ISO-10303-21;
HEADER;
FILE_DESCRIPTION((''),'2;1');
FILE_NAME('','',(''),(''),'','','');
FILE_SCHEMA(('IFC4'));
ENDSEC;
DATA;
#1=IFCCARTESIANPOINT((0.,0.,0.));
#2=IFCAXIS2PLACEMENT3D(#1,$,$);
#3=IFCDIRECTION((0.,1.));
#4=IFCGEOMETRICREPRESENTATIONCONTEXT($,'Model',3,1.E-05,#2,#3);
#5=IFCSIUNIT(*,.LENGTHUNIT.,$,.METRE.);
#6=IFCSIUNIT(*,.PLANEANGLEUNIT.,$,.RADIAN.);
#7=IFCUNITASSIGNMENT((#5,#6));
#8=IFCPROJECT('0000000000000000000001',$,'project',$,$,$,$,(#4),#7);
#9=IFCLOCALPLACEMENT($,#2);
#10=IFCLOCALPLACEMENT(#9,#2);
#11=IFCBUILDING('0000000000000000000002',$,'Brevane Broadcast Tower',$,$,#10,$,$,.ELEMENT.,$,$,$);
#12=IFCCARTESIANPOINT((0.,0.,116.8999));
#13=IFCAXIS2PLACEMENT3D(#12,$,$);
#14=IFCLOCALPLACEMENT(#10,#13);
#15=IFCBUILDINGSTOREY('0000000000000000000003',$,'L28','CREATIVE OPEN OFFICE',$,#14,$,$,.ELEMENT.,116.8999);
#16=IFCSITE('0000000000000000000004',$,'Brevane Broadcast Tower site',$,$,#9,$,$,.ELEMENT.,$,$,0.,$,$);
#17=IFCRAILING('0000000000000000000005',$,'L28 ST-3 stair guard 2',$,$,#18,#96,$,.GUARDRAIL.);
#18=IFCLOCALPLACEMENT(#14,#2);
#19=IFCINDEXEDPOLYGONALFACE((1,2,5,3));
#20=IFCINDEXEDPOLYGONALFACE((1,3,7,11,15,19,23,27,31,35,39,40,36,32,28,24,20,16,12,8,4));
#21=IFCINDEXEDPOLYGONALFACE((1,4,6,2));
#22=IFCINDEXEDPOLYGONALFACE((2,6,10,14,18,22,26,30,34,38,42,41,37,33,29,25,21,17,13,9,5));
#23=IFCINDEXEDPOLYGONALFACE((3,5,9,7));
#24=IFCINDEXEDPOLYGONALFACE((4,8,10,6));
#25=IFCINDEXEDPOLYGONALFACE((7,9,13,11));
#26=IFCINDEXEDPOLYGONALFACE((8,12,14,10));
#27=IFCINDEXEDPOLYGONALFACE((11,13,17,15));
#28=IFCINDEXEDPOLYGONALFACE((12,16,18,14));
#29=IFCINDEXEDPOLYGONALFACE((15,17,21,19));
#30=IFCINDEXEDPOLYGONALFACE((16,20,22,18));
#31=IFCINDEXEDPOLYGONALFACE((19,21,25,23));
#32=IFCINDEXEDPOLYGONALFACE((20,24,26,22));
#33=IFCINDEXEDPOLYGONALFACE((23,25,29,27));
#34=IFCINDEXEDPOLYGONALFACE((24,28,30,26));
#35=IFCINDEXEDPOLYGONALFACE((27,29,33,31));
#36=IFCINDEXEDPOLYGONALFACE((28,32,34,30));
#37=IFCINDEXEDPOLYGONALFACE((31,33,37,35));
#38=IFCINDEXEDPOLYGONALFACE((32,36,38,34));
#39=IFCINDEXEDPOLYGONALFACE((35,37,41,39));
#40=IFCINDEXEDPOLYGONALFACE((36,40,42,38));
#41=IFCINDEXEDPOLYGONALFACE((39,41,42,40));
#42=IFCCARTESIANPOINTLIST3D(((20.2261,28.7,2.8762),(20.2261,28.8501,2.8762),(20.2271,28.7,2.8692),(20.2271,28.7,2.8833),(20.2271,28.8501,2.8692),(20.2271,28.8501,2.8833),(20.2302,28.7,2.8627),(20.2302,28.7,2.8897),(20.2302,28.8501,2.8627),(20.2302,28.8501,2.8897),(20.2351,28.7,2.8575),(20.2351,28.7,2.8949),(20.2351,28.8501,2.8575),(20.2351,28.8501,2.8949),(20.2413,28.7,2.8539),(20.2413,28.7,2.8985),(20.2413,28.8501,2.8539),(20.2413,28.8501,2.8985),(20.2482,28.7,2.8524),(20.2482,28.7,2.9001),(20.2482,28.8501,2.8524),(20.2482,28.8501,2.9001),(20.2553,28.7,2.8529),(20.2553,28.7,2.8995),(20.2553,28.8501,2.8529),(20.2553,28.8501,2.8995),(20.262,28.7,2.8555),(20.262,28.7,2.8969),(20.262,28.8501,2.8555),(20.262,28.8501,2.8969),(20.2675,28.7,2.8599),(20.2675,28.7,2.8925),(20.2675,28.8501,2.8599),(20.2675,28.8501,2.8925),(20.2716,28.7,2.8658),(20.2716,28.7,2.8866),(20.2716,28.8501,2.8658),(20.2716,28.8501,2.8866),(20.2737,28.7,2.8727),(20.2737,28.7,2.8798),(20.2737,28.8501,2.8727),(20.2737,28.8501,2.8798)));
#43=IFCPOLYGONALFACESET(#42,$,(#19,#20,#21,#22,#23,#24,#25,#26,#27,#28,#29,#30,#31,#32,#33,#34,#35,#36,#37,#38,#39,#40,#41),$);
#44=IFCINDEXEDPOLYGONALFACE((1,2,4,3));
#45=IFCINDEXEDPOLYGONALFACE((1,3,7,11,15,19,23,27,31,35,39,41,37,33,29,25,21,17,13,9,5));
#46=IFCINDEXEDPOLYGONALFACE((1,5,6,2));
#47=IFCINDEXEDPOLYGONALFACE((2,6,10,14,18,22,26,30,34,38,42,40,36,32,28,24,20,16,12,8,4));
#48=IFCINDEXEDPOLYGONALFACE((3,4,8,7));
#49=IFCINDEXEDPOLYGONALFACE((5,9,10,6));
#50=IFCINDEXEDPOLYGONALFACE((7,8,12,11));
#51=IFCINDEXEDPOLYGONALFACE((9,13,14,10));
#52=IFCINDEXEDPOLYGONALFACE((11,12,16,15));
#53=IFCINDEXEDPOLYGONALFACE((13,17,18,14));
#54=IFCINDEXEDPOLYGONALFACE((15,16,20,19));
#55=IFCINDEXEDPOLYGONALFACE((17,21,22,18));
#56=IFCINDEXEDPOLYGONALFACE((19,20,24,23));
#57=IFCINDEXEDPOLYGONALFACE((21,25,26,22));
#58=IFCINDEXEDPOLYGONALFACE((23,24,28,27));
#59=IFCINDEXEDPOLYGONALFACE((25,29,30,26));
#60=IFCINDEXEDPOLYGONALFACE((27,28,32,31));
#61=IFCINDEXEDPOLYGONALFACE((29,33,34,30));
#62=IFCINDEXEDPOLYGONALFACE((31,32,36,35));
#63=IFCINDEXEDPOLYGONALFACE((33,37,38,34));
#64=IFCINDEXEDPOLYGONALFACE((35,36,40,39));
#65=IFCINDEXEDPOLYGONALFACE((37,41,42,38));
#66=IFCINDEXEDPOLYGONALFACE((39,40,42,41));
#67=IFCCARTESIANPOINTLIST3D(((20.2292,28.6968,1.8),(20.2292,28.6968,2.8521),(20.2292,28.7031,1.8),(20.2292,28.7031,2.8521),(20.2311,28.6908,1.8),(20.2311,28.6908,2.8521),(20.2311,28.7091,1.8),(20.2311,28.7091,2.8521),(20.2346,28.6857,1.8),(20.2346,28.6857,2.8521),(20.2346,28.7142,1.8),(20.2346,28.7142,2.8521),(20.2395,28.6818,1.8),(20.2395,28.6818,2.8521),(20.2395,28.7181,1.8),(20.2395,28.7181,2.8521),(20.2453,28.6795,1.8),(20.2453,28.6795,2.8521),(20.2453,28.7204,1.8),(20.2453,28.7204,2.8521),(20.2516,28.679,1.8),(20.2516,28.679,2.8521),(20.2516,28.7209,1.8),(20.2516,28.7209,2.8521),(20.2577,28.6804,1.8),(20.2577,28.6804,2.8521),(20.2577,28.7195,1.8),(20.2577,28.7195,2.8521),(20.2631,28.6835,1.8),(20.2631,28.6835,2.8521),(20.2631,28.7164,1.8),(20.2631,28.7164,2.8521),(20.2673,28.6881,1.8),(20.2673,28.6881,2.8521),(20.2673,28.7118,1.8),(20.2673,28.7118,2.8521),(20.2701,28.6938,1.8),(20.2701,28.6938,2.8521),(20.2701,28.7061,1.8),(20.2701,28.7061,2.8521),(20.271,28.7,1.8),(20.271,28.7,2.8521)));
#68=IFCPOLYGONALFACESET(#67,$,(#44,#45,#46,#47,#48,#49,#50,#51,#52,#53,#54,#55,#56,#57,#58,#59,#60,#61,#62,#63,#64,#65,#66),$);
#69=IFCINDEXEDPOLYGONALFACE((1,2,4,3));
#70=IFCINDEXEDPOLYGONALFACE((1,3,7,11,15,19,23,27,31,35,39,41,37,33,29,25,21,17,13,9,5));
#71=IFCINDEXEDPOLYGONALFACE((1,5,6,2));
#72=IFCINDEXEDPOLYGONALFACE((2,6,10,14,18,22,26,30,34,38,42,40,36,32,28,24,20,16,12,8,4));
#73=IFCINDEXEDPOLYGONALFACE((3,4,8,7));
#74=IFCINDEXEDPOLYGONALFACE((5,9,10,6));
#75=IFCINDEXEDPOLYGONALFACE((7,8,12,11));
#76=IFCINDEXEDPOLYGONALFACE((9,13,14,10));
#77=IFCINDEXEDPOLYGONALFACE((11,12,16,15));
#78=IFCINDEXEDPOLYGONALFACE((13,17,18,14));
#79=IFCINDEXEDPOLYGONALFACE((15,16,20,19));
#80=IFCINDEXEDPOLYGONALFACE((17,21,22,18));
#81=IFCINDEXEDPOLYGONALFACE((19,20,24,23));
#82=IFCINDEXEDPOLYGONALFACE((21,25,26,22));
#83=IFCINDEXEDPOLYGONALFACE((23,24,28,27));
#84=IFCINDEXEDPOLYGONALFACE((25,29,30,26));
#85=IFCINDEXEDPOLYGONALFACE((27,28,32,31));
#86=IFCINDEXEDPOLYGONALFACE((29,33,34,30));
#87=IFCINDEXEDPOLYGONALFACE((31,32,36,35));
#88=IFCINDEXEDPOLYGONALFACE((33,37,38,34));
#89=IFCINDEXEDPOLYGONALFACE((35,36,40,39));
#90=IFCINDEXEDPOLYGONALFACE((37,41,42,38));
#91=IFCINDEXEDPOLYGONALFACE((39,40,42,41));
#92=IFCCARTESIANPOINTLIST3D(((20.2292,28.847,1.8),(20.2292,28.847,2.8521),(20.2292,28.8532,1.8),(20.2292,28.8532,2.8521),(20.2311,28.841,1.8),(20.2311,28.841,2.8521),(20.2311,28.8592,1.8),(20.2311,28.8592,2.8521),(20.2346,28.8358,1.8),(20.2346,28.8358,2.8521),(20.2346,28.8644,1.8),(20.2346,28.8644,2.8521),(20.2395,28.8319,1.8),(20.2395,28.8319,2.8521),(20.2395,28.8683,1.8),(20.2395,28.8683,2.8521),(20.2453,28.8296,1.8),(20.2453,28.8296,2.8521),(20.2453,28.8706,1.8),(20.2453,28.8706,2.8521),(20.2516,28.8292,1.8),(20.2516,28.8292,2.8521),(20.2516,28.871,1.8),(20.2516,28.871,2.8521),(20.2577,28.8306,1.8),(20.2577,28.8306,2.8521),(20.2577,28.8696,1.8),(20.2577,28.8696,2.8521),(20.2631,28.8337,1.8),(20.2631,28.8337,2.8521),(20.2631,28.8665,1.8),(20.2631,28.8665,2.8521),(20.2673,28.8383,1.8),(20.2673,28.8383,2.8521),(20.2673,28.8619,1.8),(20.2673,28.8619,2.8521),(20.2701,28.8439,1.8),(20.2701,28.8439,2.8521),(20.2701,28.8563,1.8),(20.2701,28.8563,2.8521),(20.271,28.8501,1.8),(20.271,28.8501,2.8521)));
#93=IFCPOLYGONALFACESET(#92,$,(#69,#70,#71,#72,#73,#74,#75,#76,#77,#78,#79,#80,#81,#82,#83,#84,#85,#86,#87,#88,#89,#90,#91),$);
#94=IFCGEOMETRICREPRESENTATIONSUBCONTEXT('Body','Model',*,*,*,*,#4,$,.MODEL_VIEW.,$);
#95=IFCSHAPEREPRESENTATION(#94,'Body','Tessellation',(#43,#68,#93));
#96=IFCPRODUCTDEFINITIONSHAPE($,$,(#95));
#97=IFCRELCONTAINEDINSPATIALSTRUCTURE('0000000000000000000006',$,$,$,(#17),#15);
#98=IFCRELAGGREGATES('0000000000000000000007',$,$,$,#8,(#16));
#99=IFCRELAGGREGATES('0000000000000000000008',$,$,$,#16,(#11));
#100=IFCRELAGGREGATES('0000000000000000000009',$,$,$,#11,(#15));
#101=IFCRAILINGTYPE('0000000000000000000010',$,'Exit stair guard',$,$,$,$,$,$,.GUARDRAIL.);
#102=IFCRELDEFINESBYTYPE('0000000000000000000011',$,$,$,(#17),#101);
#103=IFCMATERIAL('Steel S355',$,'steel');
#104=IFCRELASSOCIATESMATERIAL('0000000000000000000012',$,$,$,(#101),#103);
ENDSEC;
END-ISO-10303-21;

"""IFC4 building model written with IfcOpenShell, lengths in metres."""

from ifc_helpers import new_model, si_unit, direction, frame, origin, origin_2d, place, context, subcontext, project, spatial, circle, extrude, material, type_object, element, save


model = new_model("IFC4")

# Units and contexts
model_context = context("Model", 3, precision=1e-05, world=origin(), true_north=direction((0.0, 1.0)))
body_context = subcontext(model_context, "Body", "Model", "MODEL_VIEW")
ifc_project = project(units=[si_unit("LENGTHUNIT", "METRE"), si_unit("PLANEANGLEUNIT", "RADIAN")], contexts=[model_context])

# Site, building, storey
site_placement = place(None, origin())
site = spatial("IfcSite", under=ifc_project, at=site_placement, Name="Brevane Broadcast Tower site", CompositionType="ELEMENT", RefElevation=0.0)
building_placement = place(site_placement, origin())
building = spatial("IfcBuilding", under=site, at=building_placement, Name="Brevane Broadcast Tower", CompositionType="ELEMENT")
storey_placement = place(building_placement, frame((0.0, 0.0, 116.8999)))
storey = spatial("IfcBuildingStorey", under=building, at=storey_placement, Name="L28", Description="CREATIVE OPEN OFFICE", CompositionType="ELEMENT", Elevation=116.8999)

# Railing
ifc_material_1 = material(Name="Steel S355", Category="steel")
railing_type_1 = type_object("IfcRailingType", Name="Exit stair guard", PredefinedType="GUARDRAIL", material=ifc_material_1)
railing_1_placement = place(storey_placement, frame((20.25, 28.7, 1.8)))
element("IfcRailing", 1, at=railing_1_placement, inside=storey, type_object=railing_type_1, Name="L28 ST-3 stair guard 2", PredefinedType="GUARDRAIL", context=body_context, shape_type="SweptSolid", body=[
    extrude(circle(Radius=0.0239, at=origin_2d()), frame((0.0, 0.0, 1.0762), z_axis=(0.0, 1.0, 0.0), x_axis=(-1.0, 0.0, 0.0)), (0.0, 0.0, 1.0), 0.1501),
    extrude(circle(Radius=0.021, at=origin_2d()), origin(), (0.0, 0.0, 1.0), 1.052),
    extrude(circle(Radius=0.021, at=origin_2d()), frame((0.0, 0.1501, 0.0)), (0.0, 0.0, 1.0), 1.052),
])

save(model, "model.ifc")
